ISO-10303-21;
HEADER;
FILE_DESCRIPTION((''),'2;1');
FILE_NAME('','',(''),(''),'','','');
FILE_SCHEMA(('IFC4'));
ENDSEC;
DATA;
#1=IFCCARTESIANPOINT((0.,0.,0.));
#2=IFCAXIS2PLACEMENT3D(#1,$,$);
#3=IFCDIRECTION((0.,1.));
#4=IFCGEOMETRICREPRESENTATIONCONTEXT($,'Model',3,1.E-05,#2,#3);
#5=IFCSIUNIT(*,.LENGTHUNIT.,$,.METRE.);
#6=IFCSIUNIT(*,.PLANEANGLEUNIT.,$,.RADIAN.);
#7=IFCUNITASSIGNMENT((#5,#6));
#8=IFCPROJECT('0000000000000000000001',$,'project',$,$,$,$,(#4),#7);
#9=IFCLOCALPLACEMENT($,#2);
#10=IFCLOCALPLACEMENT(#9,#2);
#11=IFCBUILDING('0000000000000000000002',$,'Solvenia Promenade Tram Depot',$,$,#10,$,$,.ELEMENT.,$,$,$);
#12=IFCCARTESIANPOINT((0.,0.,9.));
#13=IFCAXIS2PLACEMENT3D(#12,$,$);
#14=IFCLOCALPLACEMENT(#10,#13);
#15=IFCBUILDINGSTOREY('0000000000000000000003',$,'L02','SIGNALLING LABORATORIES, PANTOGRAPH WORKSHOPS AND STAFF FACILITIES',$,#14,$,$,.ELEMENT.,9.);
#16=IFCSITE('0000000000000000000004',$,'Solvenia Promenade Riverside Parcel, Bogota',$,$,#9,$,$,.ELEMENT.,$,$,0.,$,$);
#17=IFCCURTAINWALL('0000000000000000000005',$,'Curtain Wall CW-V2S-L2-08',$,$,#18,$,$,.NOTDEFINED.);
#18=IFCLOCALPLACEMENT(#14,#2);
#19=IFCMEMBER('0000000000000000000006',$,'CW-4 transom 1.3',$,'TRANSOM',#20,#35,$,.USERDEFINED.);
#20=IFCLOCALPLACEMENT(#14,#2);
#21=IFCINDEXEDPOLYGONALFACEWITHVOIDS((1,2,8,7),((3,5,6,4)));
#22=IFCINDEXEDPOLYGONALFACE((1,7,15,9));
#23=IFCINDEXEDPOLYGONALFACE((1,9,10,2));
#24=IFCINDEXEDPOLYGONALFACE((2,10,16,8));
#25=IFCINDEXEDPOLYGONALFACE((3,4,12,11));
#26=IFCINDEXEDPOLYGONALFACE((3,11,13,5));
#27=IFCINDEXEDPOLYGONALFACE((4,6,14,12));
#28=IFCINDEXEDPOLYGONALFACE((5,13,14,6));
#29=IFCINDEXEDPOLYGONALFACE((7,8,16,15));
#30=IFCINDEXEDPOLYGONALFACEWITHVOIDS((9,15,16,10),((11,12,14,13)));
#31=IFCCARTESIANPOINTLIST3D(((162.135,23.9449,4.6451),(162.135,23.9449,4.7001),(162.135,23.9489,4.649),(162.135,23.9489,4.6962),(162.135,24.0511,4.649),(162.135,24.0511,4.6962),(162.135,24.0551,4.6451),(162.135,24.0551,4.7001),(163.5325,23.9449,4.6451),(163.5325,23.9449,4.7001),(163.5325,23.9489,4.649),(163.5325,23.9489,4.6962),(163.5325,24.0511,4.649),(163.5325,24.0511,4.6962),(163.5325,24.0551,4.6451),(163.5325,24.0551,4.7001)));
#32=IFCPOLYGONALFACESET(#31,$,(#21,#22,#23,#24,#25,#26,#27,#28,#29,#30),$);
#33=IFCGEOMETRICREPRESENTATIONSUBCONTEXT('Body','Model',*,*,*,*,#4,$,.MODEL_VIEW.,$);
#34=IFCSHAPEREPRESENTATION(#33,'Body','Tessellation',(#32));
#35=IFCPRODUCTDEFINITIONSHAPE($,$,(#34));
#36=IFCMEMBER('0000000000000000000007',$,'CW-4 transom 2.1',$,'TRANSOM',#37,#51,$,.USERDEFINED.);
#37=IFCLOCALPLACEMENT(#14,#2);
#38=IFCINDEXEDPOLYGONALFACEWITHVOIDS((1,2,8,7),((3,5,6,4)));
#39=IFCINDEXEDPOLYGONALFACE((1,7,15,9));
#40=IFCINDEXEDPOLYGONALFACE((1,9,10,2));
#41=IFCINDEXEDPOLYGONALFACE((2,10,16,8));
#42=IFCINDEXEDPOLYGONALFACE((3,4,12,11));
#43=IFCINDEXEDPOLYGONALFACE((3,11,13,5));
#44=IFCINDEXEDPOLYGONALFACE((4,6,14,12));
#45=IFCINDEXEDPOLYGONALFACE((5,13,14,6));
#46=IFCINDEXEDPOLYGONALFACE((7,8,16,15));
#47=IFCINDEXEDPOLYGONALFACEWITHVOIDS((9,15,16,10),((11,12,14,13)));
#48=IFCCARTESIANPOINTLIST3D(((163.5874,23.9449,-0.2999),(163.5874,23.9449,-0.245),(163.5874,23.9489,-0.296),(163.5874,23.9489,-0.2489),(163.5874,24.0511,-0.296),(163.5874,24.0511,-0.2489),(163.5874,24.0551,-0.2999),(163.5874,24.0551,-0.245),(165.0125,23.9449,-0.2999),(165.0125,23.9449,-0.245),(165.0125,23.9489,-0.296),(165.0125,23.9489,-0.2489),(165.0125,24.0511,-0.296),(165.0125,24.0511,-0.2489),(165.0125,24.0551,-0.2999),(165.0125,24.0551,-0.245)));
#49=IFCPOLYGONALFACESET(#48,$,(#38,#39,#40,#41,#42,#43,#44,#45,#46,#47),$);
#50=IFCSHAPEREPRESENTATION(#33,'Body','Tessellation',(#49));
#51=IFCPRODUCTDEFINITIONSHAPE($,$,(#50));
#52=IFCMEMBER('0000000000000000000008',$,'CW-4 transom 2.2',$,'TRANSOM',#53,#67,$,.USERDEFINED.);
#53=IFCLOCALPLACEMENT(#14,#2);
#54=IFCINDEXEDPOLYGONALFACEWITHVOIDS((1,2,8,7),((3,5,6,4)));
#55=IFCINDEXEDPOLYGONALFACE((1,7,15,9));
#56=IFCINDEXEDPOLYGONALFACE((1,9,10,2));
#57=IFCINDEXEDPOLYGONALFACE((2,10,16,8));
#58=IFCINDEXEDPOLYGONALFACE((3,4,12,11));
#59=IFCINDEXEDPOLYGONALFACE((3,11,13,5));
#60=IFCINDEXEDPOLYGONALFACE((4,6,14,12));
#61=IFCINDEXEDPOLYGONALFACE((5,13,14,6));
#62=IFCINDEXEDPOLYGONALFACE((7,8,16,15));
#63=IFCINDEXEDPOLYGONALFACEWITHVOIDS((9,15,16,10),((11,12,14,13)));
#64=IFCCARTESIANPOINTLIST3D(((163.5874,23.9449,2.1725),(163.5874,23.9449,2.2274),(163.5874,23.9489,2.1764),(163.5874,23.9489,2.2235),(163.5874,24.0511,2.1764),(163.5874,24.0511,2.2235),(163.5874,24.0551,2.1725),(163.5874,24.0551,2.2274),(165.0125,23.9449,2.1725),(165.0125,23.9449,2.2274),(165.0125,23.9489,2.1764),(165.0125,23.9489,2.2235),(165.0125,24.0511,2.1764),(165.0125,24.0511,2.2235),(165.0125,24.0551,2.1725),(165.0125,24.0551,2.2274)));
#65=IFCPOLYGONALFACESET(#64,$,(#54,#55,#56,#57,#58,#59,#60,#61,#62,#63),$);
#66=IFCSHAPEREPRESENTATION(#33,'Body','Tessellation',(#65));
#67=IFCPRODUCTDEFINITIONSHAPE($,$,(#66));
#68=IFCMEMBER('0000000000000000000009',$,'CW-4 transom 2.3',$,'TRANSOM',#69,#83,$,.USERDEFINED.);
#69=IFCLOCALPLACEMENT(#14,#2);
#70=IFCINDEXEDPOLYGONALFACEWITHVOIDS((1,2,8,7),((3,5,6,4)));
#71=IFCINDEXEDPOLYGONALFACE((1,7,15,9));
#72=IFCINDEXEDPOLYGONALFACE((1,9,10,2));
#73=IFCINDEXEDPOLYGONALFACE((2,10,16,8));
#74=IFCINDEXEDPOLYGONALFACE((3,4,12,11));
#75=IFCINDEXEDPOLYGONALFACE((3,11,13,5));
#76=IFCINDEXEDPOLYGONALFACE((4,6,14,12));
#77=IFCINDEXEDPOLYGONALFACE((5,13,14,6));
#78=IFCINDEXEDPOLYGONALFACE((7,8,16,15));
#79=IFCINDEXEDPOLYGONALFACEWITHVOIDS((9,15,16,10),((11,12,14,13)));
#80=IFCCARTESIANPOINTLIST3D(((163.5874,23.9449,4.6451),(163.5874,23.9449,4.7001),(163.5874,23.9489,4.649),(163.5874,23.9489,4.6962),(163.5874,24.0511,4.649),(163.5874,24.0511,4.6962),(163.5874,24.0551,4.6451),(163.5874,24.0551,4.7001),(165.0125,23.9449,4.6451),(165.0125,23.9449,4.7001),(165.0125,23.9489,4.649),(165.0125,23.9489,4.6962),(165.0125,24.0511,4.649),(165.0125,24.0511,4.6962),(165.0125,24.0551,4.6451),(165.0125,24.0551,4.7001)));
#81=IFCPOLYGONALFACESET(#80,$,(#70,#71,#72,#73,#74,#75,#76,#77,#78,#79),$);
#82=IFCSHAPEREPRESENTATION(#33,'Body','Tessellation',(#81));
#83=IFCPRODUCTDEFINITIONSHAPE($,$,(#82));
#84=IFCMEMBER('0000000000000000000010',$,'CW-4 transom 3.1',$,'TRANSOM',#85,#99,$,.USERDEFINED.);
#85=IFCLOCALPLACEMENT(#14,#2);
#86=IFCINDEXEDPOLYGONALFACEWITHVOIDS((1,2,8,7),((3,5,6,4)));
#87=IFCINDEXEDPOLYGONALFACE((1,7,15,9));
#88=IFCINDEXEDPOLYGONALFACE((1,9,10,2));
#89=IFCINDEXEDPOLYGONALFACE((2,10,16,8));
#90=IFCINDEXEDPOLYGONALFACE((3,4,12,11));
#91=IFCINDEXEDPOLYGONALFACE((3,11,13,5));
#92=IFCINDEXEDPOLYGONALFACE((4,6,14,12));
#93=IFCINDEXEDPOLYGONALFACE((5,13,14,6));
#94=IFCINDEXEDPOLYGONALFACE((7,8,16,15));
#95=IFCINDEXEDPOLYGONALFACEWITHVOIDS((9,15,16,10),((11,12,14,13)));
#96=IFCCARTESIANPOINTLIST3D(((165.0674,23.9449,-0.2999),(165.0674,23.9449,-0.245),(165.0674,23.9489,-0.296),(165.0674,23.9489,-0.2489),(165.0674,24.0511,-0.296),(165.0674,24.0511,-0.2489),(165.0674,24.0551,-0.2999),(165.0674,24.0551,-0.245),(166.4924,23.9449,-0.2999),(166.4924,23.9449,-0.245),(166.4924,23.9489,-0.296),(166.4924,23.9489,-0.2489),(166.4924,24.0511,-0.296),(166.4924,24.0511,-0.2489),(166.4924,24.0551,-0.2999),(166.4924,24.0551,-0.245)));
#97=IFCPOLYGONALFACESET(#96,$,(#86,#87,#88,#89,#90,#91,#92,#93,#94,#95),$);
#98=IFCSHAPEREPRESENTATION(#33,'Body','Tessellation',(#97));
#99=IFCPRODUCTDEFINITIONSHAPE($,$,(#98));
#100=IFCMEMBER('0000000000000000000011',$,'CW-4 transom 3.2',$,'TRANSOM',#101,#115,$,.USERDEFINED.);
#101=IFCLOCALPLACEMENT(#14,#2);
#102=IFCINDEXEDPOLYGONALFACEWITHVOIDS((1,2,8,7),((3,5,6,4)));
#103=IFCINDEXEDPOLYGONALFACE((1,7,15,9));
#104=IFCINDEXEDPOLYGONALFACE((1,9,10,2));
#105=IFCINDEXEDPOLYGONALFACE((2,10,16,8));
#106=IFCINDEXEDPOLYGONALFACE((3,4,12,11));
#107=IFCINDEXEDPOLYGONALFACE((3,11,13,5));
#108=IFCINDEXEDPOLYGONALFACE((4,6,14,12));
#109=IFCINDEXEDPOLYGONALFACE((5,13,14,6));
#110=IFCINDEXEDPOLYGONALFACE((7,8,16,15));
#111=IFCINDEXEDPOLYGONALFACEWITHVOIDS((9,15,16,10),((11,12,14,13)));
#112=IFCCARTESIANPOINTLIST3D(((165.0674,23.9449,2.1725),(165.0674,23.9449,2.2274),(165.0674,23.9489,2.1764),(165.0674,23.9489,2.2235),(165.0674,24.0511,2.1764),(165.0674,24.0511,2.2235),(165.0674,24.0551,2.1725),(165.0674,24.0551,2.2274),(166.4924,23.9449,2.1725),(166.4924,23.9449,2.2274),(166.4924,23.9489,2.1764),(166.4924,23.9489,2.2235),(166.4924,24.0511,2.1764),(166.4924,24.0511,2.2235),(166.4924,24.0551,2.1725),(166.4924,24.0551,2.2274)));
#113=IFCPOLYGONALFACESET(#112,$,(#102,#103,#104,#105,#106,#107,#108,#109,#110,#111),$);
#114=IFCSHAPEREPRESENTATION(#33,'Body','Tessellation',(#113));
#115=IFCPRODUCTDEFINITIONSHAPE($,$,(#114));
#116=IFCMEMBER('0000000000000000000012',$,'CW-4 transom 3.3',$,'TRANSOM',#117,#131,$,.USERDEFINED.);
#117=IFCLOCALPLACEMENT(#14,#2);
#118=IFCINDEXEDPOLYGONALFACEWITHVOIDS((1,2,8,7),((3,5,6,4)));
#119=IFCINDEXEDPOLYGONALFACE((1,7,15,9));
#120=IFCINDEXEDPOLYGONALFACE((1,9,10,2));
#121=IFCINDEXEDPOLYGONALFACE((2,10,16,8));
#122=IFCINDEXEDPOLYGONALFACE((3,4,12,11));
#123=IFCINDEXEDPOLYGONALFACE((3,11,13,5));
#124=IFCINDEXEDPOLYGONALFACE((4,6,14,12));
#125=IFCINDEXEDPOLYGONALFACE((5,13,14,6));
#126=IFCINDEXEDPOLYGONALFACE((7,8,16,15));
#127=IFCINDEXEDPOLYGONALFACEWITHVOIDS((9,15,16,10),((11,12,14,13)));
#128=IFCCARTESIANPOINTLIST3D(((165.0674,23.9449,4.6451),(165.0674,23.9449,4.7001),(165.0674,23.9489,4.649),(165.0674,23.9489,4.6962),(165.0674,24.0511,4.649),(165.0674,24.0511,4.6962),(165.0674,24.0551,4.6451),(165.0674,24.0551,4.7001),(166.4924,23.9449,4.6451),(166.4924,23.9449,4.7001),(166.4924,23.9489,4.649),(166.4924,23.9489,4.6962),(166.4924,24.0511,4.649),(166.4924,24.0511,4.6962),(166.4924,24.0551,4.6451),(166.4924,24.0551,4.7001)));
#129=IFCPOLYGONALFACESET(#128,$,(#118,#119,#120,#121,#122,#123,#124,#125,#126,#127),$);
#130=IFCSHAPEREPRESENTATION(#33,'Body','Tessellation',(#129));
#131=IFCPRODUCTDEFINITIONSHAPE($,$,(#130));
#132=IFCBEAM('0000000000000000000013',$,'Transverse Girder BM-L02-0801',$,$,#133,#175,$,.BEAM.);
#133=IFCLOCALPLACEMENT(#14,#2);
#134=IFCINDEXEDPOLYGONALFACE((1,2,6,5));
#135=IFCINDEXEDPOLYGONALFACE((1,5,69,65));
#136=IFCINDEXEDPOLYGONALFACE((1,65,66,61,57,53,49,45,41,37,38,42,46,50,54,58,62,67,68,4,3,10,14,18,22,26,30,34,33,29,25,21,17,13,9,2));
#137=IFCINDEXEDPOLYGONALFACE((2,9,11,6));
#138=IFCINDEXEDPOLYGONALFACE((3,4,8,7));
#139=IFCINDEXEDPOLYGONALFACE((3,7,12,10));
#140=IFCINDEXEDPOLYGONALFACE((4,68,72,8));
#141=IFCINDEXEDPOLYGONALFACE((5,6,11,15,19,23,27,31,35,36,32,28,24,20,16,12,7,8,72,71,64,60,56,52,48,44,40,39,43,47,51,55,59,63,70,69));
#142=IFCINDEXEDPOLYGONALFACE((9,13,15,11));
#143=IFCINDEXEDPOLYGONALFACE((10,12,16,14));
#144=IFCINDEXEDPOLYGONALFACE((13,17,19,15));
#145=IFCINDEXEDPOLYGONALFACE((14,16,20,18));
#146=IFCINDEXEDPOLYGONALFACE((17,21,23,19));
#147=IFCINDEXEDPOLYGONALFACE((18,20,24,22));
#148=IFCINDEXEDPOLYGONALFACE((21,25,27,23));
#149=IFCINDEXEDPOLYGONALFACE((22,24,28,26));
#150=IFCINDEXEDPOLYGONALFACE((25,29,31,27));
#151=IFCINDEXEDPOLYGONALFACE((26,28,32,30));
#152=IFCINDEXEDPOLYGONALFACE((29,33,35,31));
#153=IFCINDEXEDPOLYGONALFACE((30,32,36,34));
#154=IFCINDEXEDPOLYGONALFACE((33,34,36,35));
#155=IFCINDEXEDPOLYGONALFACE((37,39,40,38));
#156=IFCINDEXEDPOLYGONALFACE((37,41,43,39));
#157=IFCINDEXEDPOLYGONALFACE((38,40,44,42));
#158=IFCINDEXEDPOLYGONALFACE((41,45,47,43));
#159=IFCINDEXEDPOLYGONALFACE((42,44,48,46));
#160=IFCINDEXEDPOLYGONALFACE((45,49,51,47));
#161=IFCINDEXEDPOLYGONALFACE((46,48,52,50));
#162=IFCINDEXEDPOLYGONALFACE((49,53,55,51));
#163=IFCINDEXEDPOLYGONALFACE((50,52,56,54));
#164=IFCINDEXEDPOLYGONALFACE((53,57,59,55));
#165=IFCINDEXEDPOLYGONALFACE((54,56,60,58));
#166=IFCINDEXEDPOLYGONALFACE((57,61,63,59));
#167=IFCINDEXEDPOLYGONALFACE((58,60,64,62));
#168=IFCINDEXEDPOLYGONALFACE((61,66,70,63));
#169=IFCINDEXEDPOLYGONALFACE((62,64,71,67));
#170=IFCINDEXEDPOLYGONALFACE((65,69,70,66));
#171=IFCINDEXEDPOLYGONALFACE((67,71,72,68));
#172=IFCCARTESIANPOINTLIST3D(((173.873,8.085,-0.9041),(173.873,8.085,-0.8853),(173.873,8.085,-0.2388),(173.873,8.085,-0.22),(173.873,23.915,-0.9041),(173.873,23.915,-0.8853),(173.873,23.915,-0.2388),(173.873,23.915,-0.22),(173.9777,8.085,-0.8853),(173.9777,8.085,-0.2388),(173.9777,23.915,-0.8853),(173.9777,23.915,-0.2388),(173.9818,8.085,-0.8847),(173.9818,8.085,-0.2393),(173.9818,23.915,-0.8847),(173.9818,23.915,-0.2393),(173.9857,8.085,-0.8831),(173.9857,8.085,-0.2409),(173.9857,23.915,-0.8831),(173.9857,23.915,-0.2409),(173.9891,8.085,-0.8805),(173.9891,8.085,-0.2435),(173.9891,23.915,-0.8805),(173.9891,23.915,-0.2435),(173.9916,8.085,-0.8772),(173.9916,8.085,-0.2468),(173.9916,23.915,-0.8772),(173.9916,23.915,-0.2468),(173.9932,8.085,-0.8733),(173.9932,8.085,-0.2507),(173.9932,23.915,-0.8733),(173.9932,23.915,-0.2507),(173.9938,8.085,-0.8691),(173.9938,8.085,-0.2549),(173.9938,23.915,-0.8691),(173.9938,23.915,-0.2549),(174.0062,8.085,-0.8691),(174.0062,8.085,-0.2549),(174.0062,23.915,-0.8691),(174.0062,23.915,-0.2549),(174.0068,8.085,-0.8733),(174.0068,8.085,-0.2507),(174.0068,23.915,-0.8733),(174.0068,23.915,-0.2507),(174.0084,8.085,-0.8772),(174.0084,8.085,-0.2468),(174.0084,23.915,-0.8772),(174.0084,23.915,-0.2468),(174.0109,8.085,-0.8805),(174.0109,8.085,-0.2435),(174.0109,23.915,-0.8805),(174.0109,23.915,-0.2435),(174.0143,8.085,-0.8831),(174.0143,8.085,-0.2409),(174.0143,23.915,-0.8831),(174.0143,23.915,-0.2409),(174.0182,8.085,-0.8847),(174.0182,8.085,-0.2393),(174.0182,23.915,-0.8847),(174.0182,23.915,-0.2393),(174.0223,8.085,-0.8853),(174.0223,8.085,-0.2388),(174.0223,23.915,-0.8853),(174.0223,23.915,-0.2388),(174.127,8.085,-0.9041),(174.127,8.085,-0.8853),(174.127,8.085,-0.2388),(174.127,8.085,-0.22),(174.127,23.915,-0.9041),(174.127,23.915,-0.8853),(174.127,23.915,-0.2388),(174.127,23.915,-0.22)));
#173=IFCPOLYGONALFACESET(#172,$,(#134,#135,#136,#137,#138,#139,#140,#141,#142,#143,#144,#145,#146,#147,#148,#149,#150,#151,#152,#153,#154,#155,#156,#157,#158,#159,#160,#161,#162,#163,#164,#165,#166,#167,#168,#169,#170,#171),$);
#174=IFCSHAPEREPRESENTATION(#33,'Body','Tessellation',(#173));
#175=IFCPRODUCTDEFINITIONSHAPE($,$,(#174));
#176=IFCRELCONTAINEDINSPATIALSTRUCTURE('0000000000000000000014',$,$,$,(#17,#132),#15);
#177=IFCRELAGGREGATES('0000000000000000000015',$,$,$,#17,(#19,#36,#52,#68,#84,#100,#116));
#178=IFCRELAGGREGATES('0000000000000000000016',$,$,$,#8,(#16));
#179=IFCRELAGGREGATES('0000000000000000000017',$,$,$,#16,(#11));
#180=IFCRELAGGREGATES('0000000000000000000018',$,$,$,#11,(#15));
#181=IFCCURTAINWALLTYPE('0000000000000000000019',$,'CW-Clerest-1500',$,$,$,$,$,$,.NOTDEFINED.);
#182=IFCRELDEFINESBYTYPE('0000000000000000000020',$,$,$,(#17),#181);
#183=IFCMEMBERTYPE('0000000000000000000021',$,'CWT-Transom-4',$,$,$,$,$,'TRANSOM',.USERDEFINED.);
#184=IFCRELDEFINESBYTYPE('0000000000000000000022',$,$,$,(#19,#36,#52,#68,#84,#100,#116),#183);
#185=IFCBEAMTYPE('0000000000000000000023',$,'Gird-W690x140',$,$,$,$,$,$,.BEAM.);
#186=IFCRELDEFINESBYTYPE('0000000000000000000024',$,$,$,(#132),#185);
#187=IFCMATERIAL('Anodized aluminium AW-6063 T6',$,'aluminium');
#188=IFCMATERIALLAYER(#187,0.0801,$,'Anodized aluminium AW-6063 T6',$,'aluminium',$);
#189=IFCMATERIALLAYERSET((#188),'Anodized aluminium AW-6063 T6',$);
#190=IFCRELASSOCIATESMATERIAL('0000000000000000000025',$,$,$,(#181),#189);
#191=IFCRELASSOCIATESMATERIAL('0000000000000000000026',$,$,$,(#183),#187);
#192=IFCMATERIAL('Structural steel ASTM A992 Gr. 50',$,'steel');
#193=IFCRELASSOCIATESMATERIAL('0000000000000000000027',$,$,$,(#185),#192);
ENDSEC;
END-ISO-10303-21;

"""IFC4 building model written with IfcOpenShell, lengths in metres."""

from ifc_helpers import new_model, si_unit, direction, frame, origin, origin_2d, place, context, subcontext, project, spatial, hollow_rectangle, i_section, extrude, material, layer, layer_set, material_profile, profile_set, type_object, element, aggregate, save


model = new_model("IFC4")

# Units and contexts
model_context = context("Model", 3, precision=1e-05, world=origin(), true_north=direction((0.0, 1.0)))
body_context = subcontext(model_context, "Body", "Model", "MODEL_VIEW")
ifc_project = project(units=[si_unit("LENGTHUNIT", "METRE"), si_unit("PLANEANGLEUNIT", "RADIAN")], contexts=[model_context])

# Site, building, storey
site_placement = place(None, origin())
site = spatial("IfcSite", under=ifc_project, at=site_placement, Name="Solvenia Promenade Riverside Parcel, Bogota", CompositionType="ELEMENT", RefElevation=0.0)
building_placement = place(site_placement, origin())
building = spatial("IfcBuilding", under=site, at=building_placement, Name="Solvenia Promenade Tram Depot", CompositionType="ELEMENT")
storey_placement = place(building_placement, frame((0.0, 0.0, 9.0)))
storey = spatial("IfcBuildingStorey", under=building, at=storey_placement, Name="L02", Description="SIGNALLING LABORATORIES, PANTOGRAPH WORKSHOPS AND STAFF FACILITIES", CompositionType="ELEMENT", Elevation=9.0)

# Curtain wall, members
ifc_material_1 = material(Name="Anodized aluminium AW-6063 T6", Category="aluminium")
ifc_layer_1 = layer(ifc_material_1, 0.0801, Name="Anodized aluminium AW-6063 T6", Category="aluminium")
ifc_layer_set_1 = layer_set([ifc_layer_1], Name="Anodized aluminium AW-6063 T6")
curtain_wall_type = type_object("IfcCurtainWallType", Name="CW-Clerest-1500", PredefinedType="NOTDEFINED", material=ifc_layer_set_1)
curtain_wall_placement = place(storey_placement, origin())
curtain_wall = element("IfcCurtainWall", 1, at=curtain_wall_placement, inside=storey, type_object=curtain_wall_type, Name="Curtain Wall CW-V2S-L2-08", PredefinedType="NOTDEFINED")
ifc_material_profile_1 = material_profile(ifc_material_1, hollow_rectangle(XDim=0.1101, YDim=0.0549, WallThickness=0.0039, at=origin_2d()), Name="ALU-T4", Category="aluminium")
ifc_profile_set_1 = profile_set([ifc_material_profile_1], Name="Anodized aluminium AW-6063 T6")
member_type_1 = type_object("IfcMemberType", Name="CWT-Transom-4", ElementType="TRANSOM", PredefinedType="USERDEFINED", material=ifc_profile_set_1)
member_1_placement = place(storey_placement, frame((162.135, 24.0, 4.6726), z_axis=(1.0, 0.0, 0.0), x_axis=(0.0, 1.0, 0.0)))
member_1 = element("IfcMember", 2, at=member_1_placement, type_object=member_type_1, Name="CW-4 transom 1.3", ObjectType="TRANSOM", PredefinedType="USERDEFINED", context=body_context, shape_type="SweptSolid", body=[
    extrude(hollow_rectangle(XDim=0.1101, YDim=0.0549, WallThickness=0.0039, at=origin_2d()), origin(), (0.0, 0.0, 1.0), 1.3975),
])
member_2_placement = place(storey_placement, frame((163.5874, 24.0, -0.2725), z_axis=(1.0, 0.0, 0.0), x_axis=(0.0, 1.0, 0.0)))
member_2 = element("IfcMember", 3, at=member_2_placement, type_object=member_type_1, Name="CW-4 transom 2.1", ObjectType="TRANSOM", PredefinedType="USERDEFINED", context=body_context, shape_type="SweptSolid", body=[
    extrude(hollow_rectangle(XDim=0.1101, YDim=0.0549, WallThickness=0.0039, at=origin_2d()), origin(), (0.0, 0.0, 1.0), 1.425),
])
member_3_placement = place(storey_placement, frame((163.5874, 24.0, 2.2), z_axis=(1.0, 0.0, 0.0), x_axis=(0.0, 1.0, 0.0)))
member_3 = element("IfcMember", 4, at=member_3_placement, type_object=member_type_1, Name="CW-4 transom 2.2", ObjectType="TRANSOM", PredefinedType="USERDEFINED", context=body_context, shape_type="SweptSolid", body=[
    extrude(hollow_rectangle(XDim=0.1101, YDim=0.0549, WallThickness=0.0039, at=origin_2d()), origin(), (0.0, 0.0, 1.0), 1.425),
])
member_4_placement = place(storey_placement, frame((163.5874, 24.0, 4.6726), z_axis=(1.0, 0.0, 0.0), x_axis=(0.0, 1.0, 0.0)))
member_4 = element("IfcMember", 5, at=member_4_placement, type_object=member_type_1, Name="CW-4 transom 2.3", ObjectType="TRANSOM", PredefinedType="USERDEFINED", context=body_context, shape_type="SweptSolid", body=[
    extrude(hollow_rectangle(XDim=0.1101, YDim=0.0549, WallThickness=0.0039, at=origin_2d()), origin(), (0.0, 0.0, 1.0), 1.425),
])
member_5_placement = place(storey_placement, frame((165.0674, 24.0, -0.2725), z_axis=(1.0, 0.0, 0.0), x_axis=(0.0, 1.0, 0.0)))
member_5 = element("IfcMember", 6, at=member_5_placement, type_object=member_type_1, Name="CW-4 transom 3.1", ObjectType="TRANSOM", PredefinedType="USERDEFINED", context=body_context, shape_type="SweptSolid", body=[
    extrude(hollow_rectangle(XDim=0.1101, YDim=0.0549, WallThickness=0.0039, at=origin_2d()), origin(), (0.0, 0.0, 1.0), 1.425),
])
member_6_placement = place(storey_placement, frame((165.0674, 24.0, 2.2), z_axis=(1.0, 0.0, 0.0), x_axis=(0.0, 1.0, 0.0)))
member_6 = element("IfcMember", 7, at=member_6_placement, type_object=member_type_1, Name="CW-4 transom 3.2", ObjectType="TRANSOM", PredefinedType="USERDEFINED", context=body_context, shape_type="SweptSolid", body=[
    extrude(hollow_rectangle(XDim=0.1101, YDim=0.0549, WallThickness=0.0039, at=origin_2d()), origin(), (0.0, 0.0, 1.0), 1.425),
])
member_7_placement = place(storey_placement, frame((165.0674, 24.0, 4.6726), z_axis=(1.0, 0.0, 0.0), x_axis=(0.0, 1.0, 0.0)))
member_7 = element("IfcMember", 8, at=member_7_placement, type_object=member_type_1, Name="CW-4 transom 3.3", ObjectType="TRANSOM", PredefinedType="USERDEFINED", context=body_context, shape_type="SweptSolid", body=[
    extrude(hollow_rectangle(XDim=0.1101, YDim=0.0549, WallThickness=0.0039, at=origin_2d()), origin(), (0.0, 0.0, 1.0), 1.425),
])

# Beam
ifc_material_2 = material(Name="Structural steel ASTM A992 Gr. 50", Category="steel")
ifc_material_profile_2 = material_profile(ifc_material_2, i_section(OverallWidth=0.2539, OverallDepth=0.6841, WebThickness=0.0125, FlangeThickness=0.0188, FilletRadius=0.0161, at=origin_2d()), Name="W690x140", Category="steel")
ifc_profile_set_2 = profile_set([ifc_material_profile_2], Name="Structural steel ASTM A992 Gr. 50")
beam_type_1 = type_object("IfcBeamType", Name="Gird-W690x140", PredefinedType="BEAM", material=ifc_profile_set_2)
for number, where, z_axis, x_axis, name in (
    (9, (174.0, 8.085, -0.562), (0.0, 1.0, 0.0), (-1.0, 0.0, 0.0), "Transverse Girder BM-L02-0801"),
):
    element("IfcBeam", number, at=place(storey_placement, frame(where, z_axis=z_axis, x_axis=x_axis)), inside=storey, type_object=beam_type_1, Name=name, PredefinedType="BEAM", context=body_context, shape_type="SweptSolid", body=[
        extrude(i_section(OverallWidth=0.2539, OverallDepth=0.6841, WebThickness=0.0125, FlangeThickness=0.0188, FilletRadius=0.0161, at=origin_2d()), origin(), (0.0, 0.0, 1.0), 15.8301),
    ])

aggregate(curtain_wall, [member_1, member_2, member_3, member_4, member_5, member_6, member_7])

save(model, "model.ifc")
